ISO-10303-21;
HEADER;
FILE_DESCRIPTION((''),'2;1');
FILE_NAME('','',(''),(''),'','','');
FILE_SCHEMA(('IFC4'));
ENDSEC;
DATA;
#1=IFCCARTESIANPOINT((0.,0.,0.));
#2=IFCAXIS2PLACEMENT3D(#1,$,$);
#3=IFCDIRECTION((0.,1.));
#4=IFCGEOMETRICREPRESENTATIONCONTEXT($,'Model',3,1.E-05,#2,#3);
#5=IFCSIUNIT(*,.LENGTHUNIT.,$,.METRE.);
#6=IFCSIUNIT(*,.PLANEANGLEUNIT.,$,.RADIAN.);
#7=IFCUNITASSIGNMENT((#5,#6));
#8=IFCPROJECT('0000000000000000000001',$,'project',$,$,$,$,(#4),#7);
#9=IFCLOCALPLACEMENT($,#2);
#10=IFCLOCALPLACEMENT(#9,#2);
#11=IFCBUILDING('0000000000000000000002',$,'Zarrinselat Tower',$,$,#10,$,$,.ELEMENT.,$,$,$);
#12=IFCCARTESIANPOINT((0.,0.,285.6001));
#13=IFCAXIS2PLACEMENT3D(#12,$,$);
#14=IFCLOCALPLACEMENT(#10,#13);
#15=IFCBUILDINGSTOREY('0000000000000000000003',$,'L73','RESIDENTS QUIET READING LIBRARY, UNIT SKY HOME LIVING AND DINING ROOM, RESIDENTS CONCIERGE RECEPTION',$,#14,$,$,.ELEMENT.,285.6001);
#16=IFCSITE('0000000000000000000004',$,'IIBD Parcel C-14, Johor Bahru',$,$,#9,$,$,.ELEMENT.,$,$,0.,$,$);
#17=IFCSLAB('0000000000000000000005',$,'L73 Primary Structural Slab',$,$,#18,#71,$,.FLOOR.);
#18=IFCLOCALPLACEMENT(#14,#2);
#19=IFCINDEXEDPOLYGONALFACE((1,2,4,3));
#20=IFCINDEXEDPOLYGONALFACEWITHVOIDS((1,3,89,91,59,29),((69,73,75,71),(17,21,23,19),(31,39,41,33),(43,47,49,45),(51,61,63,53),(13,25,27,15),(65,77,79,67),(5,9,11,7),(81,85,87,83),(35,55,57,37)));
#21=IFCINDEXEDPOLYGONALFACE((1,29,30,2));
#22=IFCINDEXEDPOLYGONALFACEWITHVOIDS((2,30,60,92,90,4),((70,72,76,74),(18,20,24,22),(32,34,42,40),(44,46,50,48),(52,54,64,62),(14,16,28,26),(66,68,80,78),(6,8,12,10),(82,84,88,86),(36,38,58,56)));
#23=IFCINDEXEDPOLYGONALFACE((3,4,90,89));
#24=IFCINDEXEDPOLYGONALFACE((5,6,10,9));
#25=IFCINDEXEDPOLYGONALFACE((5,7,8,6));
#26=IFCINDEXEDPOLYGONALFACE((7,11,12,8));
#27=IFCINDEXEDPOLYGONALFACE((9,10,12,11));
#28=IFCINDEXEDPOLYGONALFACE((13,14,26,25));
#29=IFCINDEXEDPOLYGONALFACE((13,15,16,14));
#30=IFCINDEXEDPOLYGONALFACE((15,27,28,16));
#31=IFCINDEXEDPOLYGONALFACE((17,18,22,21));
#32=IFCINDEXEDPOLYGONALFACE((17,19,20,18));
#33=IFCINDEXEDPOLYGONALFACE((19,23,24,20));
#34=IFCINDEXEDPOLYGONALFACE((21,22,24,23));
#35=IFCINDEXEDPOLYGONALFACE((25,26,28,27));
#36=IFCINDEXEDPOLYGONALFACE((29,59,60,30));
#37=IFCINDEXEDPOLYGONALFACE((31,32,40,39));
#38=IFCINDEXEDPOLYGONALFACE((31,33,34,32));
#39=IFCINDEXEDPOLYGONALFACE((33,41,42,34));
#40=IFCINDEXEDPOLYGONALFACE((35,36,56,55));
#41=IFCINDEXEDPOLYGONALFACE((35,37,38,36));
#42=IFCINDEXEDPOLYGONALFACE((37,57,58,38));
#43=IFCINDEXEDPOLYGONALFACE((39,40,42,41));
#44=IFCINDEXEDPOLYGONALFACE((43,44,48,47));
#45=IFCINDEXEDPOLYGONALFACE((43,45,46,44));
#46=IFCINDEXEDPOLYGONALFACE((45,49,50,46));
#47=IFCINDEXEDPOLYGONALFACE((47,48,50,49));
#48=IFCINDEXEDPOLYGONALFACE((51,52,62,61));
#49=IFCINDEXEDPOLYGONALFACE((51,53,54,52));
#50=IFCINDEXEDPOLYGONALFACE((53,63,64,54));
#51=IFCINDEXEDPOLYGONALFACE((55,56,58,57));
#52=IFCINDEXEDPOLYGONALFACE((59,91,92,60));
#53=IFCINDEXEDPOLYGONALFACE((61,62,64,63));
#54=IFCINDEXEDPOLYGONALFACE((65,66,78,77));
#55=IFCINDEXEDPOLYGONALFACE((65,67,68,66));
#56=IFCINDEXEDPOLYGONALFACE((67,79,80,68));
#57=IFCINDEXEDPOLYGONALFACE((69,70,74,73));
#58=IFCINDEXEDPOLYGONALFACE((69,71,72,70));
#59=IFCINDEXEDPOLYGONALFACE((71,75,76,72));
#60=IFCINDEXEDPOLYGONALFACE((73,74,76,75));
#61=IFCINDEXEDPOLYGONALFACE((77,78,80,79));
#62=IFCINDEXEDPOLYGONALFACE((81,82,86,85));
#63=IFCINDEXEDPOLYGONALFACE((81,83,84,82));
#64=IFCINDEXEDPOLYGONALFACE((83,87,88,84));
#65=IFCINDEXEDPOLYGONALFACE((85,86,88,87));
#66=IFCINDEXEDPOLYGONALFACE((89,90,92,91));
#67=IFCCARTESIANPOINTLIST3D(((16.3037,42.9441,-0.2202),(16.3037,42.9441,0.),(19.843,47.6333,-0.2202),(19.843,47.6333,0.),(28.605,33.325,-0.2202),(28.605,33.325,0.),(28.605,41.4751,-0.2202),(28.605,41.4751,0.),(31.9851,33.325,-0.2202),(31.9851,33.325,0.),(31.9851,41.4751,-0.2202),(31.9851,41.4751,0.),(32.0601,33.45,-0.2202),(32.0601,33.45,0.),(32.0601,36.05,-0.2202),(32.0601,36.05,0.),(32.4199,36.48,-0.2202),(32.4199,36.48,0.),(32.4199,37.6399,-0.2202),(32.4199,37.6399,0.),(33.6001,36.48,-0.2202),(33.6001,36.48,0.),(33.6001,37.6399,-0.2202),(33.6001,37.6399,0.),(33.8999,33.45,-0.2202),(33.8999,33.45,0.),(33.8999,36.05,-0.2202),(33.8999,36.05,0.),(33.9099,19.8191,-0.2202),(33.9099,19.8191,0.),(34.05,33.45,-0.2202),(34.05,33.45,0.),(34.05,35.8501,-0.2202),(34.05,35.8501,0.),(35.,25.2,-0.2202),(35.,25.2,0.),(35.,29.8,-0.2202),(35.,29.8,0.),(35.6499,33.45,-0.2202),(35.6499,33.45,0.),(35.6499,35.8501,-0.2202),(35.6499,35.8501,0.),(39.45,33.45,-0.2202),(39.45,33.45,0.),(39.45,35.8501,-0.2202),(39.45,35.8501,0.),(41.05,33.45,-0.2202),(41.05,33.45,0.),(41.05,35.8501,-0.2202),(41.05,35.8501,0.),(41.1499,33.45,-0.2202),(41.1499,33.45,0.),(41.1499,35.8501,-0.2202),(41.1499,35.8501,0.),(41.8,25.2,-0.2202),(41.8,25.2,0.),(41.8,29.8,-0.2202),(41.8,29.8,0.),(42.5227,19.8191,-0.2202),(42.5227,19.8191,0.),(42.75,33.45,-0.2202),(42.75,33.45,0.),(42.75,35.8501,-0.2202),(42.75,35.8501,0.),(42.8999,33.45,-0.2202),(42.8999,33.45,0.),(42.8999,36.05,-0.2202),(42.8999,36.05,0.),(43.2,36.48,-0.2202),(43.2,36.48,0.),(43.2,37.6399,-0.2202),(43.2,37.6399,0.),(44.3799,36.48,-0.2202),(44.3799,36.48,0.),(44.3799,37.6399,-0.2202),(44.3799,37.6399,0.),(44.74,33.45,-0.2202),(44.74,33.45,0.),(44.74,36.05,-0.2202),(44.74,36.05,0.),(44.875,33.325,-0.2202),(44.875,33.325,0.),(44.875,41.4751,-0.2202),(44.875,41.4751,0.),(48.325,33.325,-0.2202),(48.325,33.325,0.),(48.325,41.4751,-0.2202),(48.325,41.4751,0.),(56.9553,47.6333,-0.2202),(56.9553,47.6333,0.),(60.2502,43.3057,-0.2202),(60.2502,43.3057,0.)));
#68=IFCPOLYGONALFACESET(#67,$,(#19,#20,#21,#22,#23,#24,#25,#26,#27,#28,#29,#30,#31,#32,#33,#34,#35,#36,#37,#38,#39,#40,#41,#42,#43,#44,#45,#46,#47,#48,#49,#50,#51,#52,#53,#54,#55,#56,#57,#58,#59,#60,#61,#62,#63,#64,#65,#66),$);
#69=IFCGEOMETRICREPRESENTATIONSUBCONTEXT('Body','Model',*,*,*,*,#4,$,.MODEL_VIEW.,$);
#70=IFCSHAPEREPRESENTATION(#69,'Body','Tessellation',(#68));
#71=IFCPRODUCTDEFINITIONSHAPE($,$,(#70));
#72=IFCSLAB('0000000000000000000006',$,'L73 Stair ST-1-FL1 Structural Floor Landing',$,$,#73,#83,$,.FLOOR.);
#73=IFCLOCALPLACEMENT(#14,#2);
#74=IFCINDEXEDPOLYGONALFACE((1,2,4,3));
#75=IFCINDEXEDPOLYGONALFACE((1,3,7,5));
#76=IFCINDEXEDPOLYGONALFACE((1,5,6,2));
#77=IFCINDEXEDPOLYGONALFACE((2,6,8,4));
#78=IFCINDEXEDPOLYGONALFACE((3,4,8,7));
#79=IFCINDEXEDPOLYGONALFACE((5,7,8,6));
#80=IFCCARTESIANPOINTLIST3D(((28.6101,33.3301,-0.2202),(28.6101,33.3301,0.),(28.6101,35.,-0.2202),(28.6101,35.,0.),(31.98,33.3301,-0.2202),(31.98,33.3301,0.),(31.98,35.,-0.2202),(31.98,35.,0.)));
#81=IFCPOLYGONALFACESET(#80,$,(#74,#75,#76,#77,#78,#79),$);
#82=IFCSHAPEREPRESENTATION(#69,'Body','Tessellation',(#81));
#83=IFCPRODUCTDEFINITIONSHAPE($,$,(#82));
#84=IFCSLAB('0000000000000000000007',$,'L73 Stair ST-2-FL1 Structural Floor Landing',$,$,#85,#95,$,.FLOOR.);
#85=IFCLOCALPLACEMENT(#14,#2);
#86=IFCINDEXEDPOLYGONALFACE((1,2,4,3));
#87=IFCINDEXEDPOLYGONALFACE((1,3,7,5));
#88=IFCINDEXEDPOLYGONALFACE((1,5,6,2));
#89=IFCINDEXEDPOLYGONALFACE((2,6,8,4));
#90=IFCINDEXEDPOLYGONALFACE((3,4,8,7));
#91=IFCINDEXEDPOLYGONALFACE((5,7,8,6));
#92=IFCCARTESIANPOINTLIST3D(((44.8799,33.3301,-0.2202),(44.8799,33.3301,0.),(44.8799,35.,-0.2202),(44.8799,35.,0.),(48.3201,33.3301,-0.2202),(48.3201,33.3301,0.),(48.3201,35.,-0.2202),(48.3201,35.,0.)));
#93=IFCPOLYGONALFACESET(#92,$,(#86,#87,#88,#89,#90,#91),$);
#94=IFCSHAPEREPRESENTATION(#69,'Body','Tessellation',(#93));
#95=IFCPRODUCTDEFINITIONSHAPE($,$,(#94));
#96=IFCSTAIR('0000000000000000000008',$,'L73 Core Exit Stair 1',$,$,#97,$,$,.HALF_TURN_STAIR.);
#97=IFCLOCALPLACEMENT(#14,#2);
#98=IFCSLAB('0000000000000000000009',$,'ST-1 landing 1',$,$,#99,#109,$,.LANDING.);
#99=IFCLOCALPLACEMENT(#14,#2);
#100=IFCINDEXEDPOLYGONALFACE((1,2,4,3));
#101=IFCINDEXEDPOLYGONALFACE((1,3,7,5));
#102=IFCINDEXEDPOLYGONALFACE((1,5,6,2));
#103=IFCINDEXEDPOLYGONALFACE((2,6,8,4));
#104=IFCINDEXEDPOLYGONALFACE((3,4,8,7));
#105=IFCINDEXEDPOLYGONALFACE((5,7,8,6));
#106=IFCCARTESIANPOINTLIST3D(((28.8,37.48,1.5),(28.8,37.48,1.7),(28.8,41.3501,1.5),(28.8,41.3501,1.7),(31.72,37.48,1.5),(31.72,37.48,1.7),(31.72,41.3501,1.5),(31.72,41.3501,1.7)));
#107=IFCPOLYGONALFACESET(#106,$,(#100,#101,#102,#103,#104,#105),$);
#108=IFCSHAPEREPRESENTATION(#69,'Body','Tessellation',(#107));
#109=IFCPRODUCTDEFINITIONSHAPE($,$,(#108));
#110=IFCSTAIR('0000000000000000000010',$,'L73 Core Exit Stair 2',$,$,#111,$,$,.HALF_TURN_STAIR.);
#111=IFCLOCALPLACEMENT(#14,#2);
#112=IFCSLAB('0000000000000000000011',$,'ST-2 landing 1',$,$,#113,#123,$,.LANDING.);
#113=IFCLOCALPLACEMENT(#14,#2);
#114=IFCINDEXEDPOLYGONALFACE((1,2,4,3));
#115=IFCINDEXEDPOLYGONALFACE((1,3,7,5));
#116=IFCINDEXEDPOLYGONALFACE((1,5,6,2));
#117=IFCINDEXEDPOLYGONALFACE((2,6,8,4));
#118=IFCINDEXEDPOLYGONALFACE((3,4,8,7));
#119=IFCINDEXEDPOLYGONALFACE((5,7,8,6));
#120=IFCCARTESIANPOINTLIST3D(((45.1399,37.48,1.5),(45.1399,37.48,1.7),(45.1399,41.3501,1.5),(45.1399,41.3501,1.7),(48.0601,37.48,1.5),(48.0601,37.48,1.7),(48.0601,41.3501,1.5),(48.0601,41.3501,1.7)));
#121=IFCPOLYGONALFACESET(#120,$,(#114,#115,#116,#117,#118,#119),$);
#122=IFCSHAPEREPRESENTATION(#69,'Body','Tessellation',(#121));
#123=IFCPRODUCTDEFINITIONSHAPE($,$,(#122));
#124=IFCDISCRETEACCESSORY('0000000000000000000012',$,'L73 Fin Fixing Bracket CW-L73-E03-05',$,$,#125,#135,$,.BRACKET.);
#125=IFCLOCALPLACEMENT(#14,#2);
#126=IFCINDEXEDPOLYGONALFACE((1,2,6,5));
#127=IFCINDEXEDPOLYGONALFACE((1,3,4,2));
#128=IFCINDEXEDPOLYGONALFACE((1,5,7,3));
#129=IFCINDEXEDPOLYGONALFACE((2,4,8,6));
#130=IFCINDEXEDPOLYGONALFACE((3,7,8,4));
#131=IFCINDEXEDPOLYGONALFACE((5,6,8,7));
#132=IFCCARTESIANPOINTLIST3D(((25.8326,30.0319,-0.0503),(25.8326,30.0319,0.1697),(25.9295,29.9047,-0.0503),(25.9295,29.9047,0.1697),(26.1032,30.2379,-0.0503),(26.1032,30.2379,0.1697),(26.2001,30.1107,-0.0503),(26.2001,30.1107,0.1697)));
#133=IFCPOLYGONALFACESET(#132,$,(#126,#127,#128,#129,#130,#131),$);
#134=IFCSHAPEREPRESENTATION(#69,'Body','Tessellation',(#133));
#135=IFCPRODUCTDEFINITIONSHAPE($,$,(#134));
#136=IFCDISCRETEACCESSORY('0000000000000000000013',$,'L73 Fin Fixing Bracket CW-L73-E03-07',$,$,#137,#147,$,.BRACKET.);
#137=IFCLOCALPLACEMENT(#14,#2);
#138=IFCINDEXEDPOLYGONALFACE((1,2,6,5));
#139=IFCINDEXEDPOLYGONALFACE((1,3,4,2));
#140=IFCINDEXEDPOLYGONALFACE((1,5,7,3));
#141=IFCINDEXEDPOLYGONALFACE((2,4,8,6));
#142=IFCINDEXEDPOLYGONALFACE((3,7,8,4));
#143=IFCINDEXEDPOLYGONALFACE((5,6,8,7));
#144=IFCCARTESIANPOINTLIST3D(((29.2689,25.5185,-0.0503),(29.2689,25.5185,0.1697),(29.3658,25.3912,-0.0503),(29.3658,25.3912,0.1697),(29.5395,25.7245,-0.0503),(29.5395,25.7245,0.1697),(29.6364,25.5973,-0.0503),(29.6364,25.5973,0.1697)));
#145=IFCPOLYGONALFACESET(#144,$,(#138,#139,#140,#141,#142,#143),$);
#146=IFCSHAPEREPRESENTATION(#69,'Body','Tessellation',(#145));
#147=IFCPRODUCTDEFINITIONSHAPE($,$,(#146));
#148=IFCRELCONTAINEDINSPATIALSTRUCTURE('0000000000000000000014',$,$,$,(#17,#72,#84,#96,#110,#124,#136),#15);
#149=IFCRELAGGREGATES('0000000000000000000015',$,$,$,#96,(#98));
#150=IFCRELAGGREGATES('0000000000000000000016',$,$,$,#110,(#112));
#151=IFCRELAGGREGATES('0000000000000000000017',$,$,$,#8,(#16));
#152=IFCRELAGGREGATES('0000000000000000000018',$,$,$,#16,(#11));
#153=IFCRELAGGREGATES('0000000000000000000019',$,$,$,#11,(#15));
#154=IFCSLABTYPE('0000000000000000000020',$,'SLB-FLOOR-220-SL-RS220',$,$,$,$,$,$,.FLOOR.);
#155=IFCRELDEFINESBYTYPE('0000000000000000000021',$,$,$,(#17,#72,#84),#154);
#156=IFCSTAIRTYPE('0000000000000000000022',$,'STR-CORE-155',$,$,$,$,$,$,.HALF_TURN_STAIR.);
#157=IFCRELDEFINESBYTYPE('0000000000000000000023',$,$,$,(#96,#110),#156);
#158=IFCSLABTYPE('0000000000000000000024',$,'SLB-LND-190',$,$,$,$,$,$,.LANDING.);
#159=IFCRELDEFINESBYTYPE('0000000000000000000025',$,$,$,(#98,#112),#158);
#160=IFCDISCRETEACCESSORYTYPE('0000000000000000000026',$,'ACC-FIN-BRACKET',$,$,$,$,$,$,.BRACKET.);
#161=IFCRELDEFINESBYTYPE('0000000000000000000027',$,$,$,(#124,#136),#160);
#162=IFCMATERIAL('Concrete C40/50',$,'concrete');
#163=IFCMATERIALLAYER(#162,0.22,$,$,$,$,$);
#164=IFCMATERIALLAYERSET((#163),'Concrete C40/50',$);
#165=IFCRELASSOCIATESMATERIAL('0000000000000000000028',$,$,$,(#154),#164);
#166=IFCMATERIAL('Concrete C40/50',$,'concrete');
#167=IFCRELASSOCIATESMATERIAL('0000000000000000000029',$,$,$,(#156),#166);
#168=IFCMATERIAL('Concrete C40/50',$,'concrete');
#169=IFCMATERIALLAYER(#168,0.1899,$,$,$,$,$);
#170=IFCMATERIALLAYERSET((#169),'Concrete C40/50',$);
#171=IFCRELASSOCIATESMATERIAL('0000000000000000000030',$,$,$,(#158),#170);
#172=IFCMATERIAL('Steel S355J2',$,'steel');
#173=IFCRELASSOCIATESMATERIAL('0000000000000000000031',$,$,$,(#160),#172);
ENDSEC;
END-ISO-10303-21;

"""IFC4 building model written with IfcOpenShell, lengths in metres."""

from ifc_helpers import new_model, si_unit, direction, frame, origin, origin_2d, place, context, subcontext, project, spatial, polyline, rectangle, outline, extrude, material, layer, layer_set, type_object, element, aggregate, save


model = new_model("IFC4")

# Units and contexts
model_context = context("Model", 3, precision=1e-05, world=origin(), true_north=direction((0.0, 1.0)))
body_context = subcontext(model_context, "Body", "Model", "MODEL_VIEW")
ifc_project = project(units=[si_unit("LENGTHUNIT", "METRE"), si_unit("PLANEANGLEUNIT", "RADIAN")], contexts=[model_context])

# Site, building, storey
site_placement = place(None, origin())
site = spatial("IfcSite", under=ifc_project, at=site_placement, Name="IIBD Parcel C-14, Johor Bahru", CompositionType="ELEMENT", RefElevation=0.0)
building_placement = place(site_placement, origin())
building = spatial("IfcBuilding", under=site, at=building_placement, Name="Zarrinselat Tower", CompositionType="ELEMENT")
storey_placement = place(building_placement, frame((0.0, 0.0, 285.6001)))
storey = spatial("IfcBuildingStorey", under=building, at=storey_placement, Name="L73", Description="RESIDENTS QUIET READING LIBRARY, UNIT SKY HOME LIVING AND DINING ROOM, RESIDENTS CONCIERGE RECEPTION", CompositionType="ELEMENT", Elevation=285.6001)

# Slabs
ifc_material_1 = material(Name="Concrete C40/50", Category="concrete")
ifc_layer_1 = layer(ifc_material_1, 0.22)
ifc_layer_set_1 = layer_set([ifc_layer_1], Name="Concrete C40/50")
slab_type_1 = type_object("IfcSlabType", Name="SLB-FLOOR-220-SL-RS220", PredefinedType="FLOOR", material=ifc_layer_set_1)
slab_1_placement = place(storey_placement, frame((0.0, 0.0, -0.2202)))
element("IfcSlab", 1, at=slab_1_placement, inside=storey, type_object=slab_type_1, Name="L73 Primary Structural Slab", PredefinedType="FLOOR", context=body_context, shape_type="SweptSolid", body=[
    extrude(outline(polyline([(56.9553, 47.6333), (19.843, 47.6333), (16.3037, 42.9441), (33.9099, 19.8191), (42.5227, 19.8191), (60.2502, 43.3057), (56.9553, 47.6333)]), holes=[polyline([(41.8, 25.2), (35.0, 25.2), (35.0, 29.8), (41.8, 29.8), (41.8, 25.2)]), polyline([(35.6499, 33.45), (34.05, 33.45), (34.05, 35.8501), (35.6499, 35.8501), (35.6499, 33.45)]), polyline([(41.05, 33.45), (39.45, 33.45), (39.45, 35.8501), (41.05, 35.8501), (41.05, 33.45)]), polyline([(41.1499, 33.45), (41.1499, 35.8501), (42.75, 35.8501), (42.75, 33.45), (41.1499, 33.45)]), polyline([(32.0601, 33.45), (32.0601, 36.05), (33.8999, 36.05), (33.8999, 33.45), (32.0601, 33.45)]), polyline([(44.74, 33.45), (42.8999, 33.45), (42.8999, 36.05), (44.74, 36.05), (44.74, 33.45)]), polyline([(33.6001, 36.48), (32.4199, 36.48), (32.4199, 37.6399), (33.6001, 37.6399), (33.6001, 36.48)]), polyline([(44.3799, 36.48), (43.2, 36.48), (43.2, 37.6399), (44.3799, 37.6399), (44.3799, 36.48)]), polyline([(31.9851, 33.325), (28.605, 33.325), (28.605, 41.4751), (31.9851, 41.4751), (31.9851, 33.325)]), polyline([(48.325, 33.325), (44.875, 33.325), (44.875, 41.4751), (48.325, 41.4751), (48.325, 33.325)])]), origin(), (0.0, 0.0, 1.0), 0.2202),
])
slab_2_placement = place(storey_placement, frame((0.0, 0.0, -0.2202)))
element("IfcSlab", 2, at=slab_2_placement, inside=storey, type_object=slab_type_1, Name="L73 Stair ST-1-FL1 Structural Floor Landing", PredefinedType="FLOOR", context=body_context, shape_type="SweptSolid", body=[
    extrude(outline(polyline([(31.98, 33.3301), (31.98, 35.0), (28.6101, 35.0), (28.6101, 33.3301), (31.98, 33.3301)])), origin(), (0.0, 0.0, 1.0), 0.2202),
])
slab_3_placement = place(storey_placement, frame((0.0, 0.0, -0.2202)))
element("IfcSlab", 3, at=slab_3_placement, inside=storey, type_object=slab_type_1, Name="L73 Stair ST-2-FL1 Structural Floor Landing", PredefinedType="FLOOR", context=body_context, shape_type="SweptSolid", body=[
    extrude(outline(polyline([(48.3201, 33.3301), (48.3201, 35.0), (44.8799, 35.0), (44.8799, 33.3301), (48.3201, 33.3301)])), origin(), (0.0, 0.0, 1.0), 0.2202),
])

# Stairs, slabs
ifc_material_2 = material(Name="Concrete C40/50", Category="concrete")
stair_type = type_object("IfcStairType", Name="STR-CORE-155", PredefinedType="HALF_TURN_STAIR", material=ifc_material_2)
stair_1_placement = place(storey_placement, origin())
stair_1 = element("IfcStair", 4, at=stair_1_placement, inside=storey, type_object=stair_type, Name="L73 Core Exit Stair 1", PredefinedType="HALF_TURN_STAIR")
ifc_material_3 = material(Name="Concrete C40/50", Category="concrete")
ifc_layer_2 = layer(ifc_material_3, 0.1899)
ifc_layer_set_2 = layer_set([ifc_layer_2], Name="Concrete C40/50")
slab_type_2 = type_object("IfcSlabType", Name="SLB-LND-190", PredefinedType="LANDING", material=ifc_layer_set_2)
slab_4_placement = place(storey_placement, frame((0.0, 0.0, 1.5)))
slab_4 = element("IfcSlab", 5, at=slab_4_placement, type_object=slab_type_2, Name="ST-1 landing 1", PredefinedType="LANDING", context=body_context, shape_type="SweptSolid", body=[
    extrude(outline(polyline([(31.72, 37.48), (31.72, 41.3501), (28.8, 41.3501), (28.8, 37.48), (31.72, 37.48)])), origin(), (0.0, 0.0, 1.0), 0.2),
])
aggregate(stair_1, [slab_4])
stair_2_placement = place(storey_placement, origin())
stair_2 = element("IfcStair", 6, at=stair_2_placement, inside=storey, type_object=stair_type, Name="L73 Core Exit Stair 2", PredefinedType="HALF_TURN_STAIR")
slab_5_placement = place(storey_placement, frame((0.0, 0.0, 1.5)))
slab_5 = element("IfcSlab", 7, at=slab_5_placement, type_object=slab_type_2, Name="ST-2 landing 1", PredefinedType="LANDING", context=body_context, shape_type="SweptSolid", body=[
    extrude(outline(polyline([(48.0601, 37.48), (48.0601, 41.3501), (45.1399, 41.3501), (45.1399, 37.48), (48.0601, 37.48)])), origin(), (0.0, 0.0, 1.0), 0.2),
])
aggregate(stair_2, [slab_5])

# Discrete accessories
ifc_material_4 = material(Name="Steel S355J2", Category="steel")
discrete_accessory_type = type_object("IfcDiscreteAccessoryType", Name="ACC-FIN-BRACKET", PredefinedType="BRACKET", material=ifc_material_4)
for number, where, z_axis, x_axis, name in (
    (8, (26.0164, 30.0713, -0.0503), (0.0, 0.0, 1.0), (-0.795642, -0.605767, 0.0), "L73 Fin Fixing Bracket CW-L73-E03-05"),
    (9, (29.4526, 25.5579, -0.0503), (0.0, 0.0, 1.0), (-0.795642, -0.605767, 0.0), "L73 Fin Fixing Bracket CW-L73-E03-07"),
):
    element("IfcDiscreteAccessory", number, at=place(storey_placement, frame(where, z_axis=z_axis, x_axis=x_axis)), inside=storey, type_object=discrete_accessory_type, Name=name, PredefinedType="BRACKET", context=body_context, shape_type="SweptSolid", body=[
        extrude(rectangle(XDim=0.3401, YDim=0.1599, at=origin_2d()), origin(), (0.0, 0.0, 1.0), 0.22),
    ])

save(model, "model.ifc")
